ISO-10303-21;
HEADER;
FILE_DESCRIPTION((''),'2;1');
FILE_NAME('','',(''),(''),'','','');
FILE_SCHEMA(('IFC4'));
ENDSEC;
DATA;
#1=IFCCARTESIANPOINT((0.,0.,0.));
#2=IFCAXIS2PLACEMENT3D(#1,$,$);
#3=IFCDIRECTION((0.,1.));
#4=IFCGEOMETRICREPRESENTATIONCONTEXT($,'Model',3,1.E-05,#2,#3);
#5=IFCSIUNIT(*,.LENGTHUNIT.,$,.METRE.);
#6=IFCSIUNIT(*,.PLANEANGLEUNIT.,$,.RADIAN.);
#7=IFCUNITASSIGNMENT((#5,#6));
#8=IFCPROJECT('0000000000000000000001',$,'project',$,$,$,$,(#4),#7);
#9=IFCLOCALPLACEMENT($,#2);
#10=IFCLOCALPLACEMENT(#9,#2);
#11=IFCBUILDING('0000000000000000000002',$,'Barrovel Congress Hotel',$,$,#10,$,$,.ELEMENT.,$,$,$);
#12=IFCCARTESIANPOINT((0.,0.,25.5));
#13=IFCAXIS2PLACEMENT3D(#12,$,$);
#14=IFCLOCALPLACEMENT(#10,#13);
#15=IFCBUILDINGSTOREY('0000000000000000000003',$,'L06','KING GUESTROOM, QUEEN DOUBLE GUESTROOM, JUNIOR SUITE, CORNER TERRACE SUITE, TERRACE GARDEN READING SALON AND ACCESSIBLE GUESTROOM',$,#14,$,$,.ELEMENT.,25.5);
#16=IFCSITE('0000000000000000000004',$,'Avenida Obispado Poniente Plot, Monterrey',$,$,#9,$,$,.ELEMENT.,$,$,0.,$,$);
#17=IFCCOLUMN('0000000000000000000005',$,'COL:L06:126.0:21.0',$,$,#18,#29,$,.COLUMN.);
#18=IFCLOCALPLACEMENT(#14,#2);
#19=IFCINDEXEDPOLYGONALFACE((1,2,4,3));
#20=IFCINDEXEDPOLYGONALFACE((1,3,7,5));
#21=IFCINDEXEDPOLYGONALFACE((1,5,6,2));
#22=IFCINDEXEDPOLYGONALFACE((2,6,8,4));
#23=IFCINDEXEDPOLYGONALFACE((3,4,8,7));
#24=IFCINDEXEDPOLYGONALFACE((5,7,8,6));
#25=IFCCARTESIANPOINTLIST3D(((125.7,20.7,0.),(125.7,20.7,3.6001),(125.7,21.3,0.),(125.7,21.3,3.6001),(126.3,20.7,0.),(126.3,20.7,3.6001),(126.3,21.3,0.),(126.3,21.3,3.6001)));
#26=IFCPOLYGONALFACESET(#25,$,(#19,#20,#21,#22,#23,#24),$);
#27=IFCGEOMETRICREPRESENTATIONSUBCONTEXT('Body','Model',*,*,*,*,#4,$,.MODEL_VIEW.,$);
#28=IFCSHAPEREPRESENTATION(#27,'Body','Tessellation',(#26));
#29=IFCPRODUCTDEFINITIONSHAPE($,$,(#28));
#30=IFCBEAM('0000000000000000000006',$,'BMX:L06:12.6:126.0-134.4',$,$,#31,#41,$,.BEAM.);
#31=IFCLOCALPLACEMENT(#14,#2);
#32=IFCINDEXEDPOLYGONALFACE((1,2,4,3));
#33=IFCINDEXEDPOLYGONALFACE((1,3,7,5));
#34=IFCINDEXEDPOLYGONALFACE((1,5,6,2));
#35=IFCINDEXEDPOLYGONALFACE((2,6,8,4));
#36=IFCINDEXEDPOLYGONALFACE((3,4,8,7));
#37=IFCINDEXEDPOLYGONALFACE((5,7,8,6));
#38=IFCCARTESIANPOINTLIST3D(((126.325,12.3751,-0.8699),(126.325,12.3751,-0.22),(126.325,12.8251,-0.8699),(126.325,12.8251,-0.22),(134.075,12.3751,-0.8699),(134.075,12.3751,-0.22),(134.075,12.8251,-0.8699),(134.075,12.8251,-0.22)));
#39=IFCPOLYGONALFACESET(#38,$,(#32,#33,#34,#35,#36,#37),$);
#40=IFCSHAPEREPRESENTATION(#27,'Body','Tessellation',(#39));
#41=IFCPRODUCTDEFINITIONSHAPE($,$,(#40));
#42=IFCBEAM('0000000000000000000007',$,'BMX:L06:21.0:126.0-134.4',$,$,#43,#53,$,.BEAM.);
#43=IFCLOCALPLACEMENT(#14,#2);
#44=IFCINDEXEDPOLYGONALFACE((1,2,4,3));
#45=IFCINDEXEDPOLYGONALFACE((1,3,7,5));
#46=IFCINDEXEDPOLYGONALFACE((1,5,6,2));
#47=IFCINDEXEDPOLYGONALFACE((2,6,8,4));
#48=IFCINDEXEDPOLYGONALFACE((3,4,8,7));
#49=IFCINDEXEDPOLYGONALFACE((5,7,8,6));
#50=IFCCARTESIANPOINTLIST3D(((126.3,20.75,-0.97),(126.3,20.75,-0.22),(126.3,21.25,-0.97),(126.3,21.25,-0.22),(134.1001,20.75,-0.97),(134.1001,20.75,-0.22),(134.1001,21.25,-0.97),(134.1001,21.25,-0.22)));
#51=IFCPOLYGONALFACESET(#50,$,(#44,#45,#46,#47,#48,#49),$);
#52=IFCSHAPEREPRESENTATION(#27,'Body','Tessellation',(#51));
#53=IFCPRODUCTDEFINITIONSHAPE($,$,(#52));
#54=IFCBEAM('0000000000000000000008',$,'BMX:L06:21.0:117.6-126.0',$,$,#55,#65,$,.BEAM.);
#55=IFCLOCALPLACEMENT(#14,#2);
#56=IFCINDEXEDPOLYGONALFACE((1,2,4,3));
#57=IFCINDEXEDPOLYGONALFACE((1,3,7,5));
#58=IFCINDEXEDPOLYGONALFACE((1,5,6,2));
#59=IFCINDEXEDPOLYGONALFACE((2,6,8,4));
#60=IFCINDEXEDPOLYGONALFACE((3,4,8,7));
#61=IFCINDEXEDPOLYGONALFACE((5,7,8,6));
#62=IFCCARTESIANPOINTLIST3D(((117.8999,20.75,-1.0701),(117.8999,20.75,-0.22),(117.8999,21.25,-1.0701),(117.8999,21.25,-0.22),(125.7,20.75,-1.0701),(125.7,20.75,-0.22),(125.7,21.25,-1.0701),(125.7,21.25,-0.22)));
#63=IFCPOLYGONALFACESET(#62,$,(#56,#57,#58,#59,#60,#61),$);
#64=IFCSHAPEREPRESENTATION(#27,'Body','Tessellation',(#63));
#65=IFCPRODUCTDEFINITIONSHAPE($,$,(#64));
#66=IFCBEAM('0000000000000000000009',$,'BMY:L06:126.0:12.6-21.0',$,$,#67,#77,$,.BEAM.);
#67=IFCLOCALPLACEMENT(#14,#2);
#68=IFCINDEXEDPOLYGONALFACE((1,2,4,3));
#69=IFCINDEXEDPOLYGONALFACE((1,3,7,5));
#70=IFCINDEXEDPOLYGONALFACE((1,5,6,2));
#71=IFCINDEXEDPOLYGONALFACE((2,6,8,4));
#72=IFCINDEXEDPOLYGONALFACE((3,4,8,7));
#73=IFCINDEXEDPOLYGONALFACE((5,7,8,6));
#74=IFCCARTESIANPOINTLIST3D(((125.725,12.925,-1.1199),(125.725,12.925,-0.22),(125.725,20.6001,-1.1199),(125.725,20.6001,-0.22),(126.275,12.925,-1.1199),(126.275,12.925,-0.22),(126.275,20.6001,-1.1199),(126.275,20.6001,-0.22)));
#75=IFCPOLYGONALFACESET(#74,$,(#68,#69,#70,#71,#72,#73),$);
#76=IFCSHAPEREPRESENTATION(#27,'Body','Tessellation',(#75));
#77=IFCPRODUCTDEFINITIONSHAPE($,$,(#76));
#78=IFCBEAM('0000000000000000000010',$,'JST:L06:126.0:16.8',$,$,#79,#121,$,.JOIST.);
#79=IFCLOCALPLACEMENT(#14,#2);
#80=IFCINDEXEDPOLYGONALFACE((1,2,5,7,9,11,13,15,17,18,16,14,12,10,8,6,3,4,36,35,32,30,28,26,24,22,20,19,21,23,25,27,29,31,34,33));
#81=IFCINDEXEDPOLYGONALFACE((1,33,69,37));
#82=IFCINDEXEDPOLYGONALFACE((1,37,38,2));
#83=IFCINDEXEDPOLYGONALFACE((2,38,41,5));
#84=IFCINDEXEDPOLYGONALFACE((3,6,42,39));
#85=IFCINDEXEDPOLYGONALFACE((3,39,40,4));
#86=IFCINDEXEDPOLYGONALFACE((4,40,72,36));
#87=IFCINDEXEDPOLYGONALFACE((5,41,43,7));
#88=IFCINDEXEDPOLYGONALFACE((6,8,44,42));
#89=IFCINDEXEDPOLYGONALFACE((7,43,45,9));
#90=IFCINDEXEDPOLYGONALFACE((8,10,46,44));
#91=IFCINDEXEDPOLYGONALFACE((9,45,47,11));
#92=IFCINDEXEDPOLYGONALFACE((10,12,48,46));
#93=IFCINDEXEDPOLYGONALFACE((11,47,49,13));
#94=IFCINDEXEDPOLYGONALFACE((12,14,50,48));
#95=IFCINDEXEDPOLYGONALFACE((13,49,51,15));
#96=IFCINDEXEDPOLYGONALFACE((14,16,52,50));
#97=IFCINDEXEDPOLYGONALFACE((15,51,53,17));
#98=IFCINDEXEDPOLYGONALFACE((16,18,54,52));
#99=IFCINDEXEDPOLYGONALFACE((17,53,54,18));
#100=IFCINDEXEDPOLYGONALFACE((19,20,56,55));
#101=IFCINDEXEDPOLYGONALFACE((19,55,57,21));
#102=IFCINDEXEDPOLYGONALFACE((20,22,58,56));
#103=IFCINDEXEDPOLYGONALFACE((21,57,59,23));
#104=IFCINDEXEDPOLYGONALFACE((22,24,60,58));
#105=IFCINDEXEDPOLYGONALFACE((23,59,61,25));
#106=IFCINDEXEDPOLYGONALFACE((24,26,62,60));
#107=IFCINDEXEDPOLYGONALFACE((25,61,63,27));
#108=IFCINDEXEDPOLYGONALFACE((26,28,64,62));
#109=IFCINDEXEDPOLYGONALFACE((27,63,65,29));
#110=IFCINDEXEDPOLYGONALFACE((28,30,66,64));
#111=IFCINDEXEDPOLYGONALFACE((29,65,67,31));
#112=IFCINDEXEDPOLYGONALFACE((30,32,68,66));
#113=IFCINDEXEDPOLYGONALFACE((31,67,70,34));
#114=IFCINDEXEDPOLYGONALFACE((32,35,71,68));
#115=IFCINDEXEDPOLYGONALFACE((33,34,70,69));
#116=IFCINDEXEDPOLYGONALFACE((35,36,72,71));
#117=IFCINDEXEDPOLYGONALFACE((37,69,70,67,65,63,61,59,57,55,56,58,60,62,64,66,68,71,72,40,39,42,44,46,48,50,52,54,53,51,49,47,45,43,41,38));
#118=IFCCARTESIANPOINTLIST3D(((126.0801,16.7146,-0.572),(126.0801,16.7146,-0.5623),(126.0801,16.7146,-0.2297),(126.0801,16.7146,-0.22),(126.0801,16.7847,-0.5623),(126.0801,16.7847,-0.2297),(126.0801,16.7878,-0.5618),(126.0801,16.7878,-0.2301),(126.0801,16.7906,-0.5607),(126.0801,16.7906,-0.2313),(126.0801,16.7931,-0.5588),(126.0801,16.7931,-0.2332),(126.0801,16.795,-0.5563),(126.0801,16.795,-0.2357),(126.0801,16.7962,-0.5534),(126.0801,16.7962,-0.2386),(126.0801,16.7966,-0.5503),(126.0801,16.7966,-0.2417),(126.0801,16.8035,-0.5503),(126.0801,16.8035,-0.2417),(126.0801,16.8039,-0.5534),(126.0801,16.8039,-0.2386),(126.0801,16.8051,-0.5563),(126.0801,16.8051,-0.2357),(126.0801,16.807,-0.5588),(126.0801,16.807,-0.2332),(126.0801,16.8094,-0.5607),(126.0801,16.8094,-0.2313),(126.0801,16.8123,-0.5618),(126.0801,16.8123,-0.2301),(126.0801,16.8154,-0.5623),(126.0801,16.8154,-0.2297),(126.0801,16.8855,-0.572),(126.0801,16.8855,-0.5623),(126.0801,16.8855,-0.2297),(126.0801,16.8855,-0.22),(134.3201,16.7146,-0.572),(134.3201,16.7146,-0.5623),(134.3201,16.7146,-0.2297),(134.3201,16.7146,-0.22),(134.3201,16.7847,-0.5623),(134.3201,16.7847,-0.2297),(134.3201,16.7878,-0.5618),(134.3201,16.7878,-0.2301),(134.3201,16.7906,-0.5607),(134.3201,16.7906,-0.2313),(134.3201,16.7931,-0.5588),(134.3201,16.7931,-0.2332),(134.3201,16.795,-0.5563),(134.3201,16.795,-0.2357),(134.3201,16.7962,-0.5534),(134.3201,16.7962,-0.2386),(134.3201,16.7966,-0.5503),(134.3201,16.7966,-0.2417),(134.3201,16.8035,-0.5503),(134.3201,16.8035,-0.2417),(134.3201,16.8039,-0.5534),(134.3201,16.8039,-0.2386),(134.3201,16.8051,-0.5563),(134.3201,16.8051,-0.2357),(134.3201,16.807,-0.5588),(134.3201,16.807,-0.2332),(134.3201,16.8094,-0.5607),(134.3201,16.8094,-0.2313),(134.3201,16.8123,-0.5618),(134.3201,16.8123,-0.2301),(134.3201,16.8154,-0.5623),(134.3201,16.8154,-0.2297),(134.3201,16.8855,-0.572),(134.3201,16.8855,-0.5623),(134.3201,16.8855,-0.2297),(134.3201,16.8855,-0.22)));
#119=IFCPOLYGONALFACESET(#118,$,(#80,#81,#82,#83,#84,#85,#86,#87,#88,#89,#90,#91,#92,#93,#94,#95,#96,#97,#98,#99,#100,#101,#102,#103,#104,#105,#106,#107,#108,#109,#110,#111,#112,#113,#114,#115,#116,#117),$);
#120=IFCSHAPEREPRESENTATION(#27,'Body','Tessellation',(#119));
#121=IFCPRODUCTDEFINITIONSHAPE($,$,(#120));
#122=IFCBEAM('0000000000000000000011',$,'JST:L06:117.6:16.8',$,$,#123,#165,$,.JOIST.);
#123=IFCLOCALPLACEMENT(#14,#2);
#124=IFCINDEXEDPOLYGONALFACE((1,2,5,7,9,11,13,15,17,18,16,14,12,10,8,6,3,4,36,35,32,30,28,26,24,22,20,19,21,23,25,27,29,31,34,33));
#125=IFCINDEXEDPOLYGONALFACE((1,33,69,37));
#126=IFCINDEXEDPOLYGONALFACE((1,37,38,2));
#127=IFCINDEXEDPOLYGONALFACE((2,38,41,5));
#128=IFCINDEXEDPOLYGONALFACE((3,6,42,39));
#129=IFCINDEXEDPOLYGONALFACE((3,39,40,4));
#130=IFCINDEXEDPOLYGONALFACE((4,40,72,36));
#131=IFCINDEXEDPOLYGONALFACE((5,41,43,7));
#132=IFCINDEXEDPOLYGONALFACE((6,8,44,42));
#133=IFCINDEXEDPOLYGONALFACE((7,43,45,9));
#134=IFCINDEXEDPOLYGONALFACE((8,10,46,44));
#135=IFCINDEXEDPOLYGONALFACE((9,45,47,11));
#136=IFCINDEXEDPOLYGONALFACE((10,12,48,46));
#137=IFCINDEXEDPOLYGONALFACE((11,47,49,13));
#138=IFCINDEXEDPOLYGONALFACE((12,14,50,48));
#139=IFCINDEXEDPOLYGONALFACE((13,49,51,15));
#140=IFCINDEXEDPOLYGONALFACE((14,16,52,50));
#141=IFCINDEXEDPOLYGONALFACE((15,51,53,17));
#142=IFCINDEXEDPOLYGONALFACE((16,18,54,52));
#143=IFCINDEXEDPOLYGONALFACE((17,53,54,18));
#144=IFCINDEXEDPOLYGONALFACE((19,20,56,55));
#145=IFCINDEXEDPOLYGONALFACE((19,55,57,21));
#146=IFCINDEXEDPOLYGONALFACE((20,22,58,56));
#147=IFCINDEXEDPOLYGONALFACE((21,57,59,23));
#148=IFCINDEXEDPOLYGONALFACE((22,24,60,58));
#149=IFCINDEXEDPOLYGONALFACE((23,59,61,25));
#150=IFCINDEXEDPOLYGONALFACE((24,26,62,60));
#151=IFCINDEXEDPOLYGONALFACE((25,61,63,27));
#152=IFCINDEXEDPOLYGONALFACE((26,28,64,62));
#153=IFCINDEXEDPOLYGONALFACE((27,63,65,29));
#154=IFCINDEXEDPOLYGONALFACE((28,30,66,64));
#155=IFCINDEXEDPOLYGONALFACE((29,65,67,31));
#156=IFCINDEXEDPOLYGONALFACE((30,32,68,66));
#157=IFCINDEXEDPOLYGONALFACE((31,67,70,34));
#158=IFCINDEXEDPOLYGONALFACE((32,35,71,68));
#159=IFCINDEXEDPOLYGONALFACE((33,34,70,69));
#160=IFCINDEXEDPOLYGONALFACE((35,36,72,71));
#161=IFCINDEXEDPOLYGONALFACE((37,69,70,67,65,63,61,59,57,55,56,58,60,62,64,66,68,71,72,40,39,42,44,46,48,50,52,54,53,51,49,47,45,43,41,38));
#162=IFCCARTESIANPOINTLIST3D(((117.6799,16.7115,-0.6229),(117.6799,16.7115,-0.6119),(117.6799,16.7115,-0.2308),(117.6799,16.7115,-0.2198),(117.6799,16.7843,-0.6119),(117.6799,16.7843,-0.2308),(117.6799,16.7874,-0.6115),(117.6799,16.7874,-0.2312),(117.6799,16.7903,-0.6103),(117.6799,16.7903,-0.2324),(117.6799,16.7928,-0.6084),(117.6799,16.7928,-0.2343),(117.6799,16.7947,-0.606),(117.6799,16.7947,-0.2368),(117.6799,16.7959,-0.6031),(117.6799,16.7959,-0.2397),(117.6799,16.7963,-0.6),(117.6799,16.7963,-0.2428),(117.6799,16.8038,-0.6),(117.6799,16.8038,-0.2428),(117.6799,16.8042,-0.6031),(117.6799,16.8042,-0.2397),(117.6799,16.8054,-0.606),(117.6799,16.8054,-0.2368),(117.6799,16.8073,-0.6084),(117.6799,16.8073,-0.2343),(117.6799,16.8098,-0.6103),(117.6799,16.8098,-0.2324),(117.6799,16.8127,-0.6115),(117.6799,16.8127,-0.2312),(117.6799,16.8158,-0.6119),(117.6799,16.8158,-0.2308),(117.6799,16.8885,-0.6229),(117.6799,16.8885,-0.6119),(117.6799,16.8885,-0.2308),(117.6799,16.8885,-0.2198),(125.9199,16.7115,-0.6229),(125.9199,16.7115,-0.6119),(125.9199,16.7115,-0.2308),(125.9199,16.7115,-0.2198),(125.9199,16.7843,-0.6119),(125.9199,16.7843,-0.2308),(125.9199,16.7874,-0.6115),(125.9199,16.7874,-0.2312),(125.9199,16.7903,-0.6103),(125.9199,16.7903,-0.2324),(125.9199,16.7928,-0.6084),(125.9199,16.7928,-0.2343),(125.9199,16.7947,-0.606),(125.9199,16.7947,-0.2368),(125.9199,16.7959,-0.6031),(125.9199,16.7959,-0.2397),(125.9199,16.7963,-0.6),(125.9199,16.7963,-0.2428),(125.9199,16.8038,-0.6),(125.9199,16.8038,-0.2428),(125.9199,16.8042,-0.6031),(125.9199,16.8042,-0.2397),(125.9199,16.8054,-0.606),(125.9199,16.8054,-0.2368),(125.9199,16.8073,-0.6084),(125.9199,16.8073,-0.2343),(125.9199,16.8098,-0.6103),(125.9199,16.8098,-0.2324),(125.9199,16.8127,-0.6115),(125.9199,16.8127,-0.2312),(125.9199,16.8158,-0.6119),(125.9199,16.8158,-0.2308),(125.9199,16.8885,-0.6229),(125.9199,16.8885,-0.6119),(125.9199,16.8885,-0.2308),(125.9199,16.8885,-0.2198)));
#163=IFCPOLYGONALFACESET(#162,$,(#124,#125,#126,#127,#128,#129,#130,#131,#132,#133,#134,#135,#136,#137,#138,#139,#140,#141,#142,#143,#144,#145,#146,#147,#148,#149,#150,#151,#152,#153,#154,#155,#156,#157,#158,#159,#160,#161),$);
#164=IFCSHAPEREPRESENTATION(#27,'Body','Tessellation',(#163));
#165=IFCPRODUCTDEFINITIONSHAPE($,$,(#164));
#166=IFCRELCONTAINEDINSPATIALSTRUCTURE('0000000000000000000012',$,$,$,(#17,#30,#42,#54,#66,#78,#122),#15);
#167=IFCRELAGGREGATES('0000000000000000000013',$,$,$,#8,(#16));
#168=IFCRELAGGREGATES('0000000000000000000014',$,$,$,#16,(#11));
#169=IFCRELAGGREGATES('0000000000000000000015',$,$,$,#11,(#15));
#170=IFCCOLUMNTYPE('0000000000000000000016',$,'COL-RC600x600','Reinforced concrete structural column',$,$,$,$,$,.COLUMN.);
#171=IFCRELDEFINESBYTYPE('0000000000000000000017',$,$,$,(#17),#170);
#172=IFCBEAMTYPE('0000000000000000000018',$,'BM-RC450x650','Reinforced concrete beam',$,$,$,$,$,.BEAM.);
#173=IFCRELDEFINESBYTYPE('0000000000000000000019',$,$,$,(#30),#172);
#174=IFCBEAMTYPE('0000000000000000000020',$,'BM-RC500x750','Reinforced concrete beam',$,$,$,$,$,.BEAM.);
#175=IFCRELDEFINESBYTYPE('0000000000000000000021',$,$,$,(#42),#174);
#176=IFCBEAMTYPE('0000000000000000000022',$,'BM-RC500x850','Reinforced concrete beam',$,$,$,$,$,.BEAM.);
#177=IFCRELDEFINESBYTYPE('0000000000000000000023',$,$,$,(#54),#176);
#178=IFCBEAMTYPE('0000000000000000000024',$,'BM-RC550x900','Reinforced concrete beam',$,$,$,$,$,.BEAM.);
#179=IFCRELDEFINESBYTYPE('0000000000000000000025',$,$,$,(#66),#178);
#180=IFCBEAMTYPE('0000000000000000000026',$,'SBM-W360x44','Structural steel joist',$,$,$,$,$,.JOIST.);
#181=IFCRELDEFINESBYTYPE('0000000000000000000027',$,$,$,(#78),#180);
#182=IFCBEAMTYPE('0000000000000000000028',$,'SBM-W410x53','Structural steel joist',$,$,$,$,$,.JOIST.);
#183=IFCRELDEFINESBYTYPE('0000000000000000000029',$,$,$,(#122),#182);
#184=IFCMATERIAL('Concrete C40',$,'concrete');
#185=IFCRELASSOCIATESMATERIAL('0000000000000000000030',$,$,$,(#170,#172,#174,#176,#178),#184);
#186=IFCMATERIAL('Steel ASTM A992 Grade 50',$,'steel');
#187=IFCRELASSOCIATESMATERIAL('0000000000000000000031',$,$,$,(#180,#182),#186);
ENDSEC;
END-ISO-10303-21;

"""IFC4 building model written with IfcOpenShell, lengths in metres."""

from ifc_helpers import new_model, si_unit, direction, frame, origin, origin_2d, place, context, subcontext, project, spatial, rectangle, i_section, extrude, material, material_profile, profile_set, type_object, element, save


model = new_model("IFC4")

# Units and contexts
model_context = context("Model", 3, precision=1e-05, world=origin(), true_north=direction((0.0, 1.0)))
body_context = subcontext(model_context, "Body", "Model", "MODEL_VIEW")
ifc_project = project(units=[si_unit("LENGTHUNIT", "METRE"), si_unit("PLANEANGLEUNIT", "RADIAN")], contexts=[model_context])

# Site, building, storey
site_placement = place(None, origin())
site = spatial("IfcSite", under=ifc_project, at=site_placement, Name="Avenida Obispado Poniente Plot, Monterrey", CompositionType="ELEMENT", RefElevation=0.0)
building_placement = place(site_placement, origin())
building = spatial("IfcBuilding", under=site, at=building_placement, Name="Barrovel Congress Hotel", CompositionType="ELEMENT")
storey_placement = place(building_placement, frame((0.0, 0.0, 25.5)))
storey = spatial("IfcBuildingStorey", under=building, at=storey_placement, Name="L06", Description="KING GUESTROOM, QUEEN DOUBLE GUESTROOM, JUNIOR SUITE, CORNER TERRACE SUITE, TERRACE GARDEN READING SALON AND ACCESSIBLE GUESTROOM", CompositionType="ELEMENT", Elevation=25.5)

# Column
ifc_material_1 = material(Name="Concrete C40", Category="concrete")
ifc_material_profile_1 = material_profile(ifc_material_1, rectangle(XDim=0.6001, YDim=0.6001, at=origin_2d()), Name="RC600x600")
ifc_profile_set_1 = profile_set([ifc_material_profile_1], Name="Concrete C40")
column_type = type_object("IfcColumnType", Name="COL-RC600x600", Description="Reinforced concrete structural column", PredefinedType="COLUMN", material=ifc_profile_set_1)
column_placement = place(storey_placement, frame((126.0, 21.0, 0.0), z_axis=(0.0, 0.0, 1.0), x_axis=(1.0, 0.0, 0.0)))
element("IfcColumn", 1, at=column_placement, inside=storey, type_object=column_type, Name="COL:L06:126.0:21.0", PredefinedType="COLUMN", context=body_context, shape_type="SweptSolid", body=[
    extrude(rectangle(XDim=0.6001, YDim=0.6001, at=origin_2d()), origin(), (0.0, 0.0, 1.0), 3.6001),
])

# Beams
ifc_material_profile_2 = material_profile(ifc_material_1, rectangle(XDim=0.45, YDim=0.6499, at=origin_2d()), Name="RC450x650")
ifc_profile_set_2 = profile_set([ifc_material_profile_2], Name="Concrete C40")
beam_type_1 = type_object("IfcBeamType", Name="BM-RC450x650", Description="Reinforced concrete beam", PredefinedType="BEAM", material=ifc_profile_set_2)
beam_1_placement = place(storey_placement, frame((126.325, 12.6001, -0.5449), z_axis=(1.0, 0.0, 0.0), x_axis=(0.0, 1.0, 0.0)))
element("IfcBeam", 2, at=beam_1_placement, inside=storey, type_object=beam_type_1, Name="BMX:L06:12.6:126.0-134.4", PredefinedType="BEAM", context=body_context, shape_type="SweptSolid", body=[
    extrude(rectangle(XDim=0.45, YDim=0.6499, at=origin_2d()), origin(), (0.0, 0.0, 1.0), 7.75),
])
ifc_material_profile_3 = material_profile(ifc_material_1, rectangle(XDim=0.5, YDim=0.75, at=origin_2d()), Name="RC500x750")
ifc_profile_set_3 = profile_set([ifc_material_profile_3], Name="Concrete C40")
beam_type_2 = type_object("IfcBeamType", Name="BM-RC500x750", Description="Reinforced concrete beam", PredefinedType="BEAM", material=ifc_profile_set_3)
beam_2_placement = place(storey_placement, frame((126.3, 21.0, -0.595), z_axis=(1.0, 0.0, 0.0), x_axis=(0.0, 1.0, 0.0)))
element("IfcBeam", 3, at=beam_2_placement, inside=storey, type_object=beam_type_2, Name="BMX:L06:21.0:126.0-134.4", PredefinedType="BEAM", context=body_context, shape_type="SweptSolid", body=[
    extrude(rectangle(XDim=0.5, YDim=0.75, at=origin_2d()), origin(), (0.0, 0.0, 1.0), 7.8),
])
ifc_material_profile_4 = material_profile(ifc_material_1, rectangle(XDim=0.5, YDim=0.8501, at=origin_2d()), Name="RC500x850")
ifc_profile_set_4 = profile_set([ifc_material_profile_4], Name="Concrete C40")
beam_type_3 = type_object("IfcBeamType", Name="BM-RC500x850", Description="Reinforced concrete beam", PredefinedType="BEAM", material=ifc_profile_set_4)
beam_3_placement = place(storey_placement, frame((117.8999, 21.0, -0.645), z_axis=(1.0, 0.0, 0.0), x_axis=(0.0, 1.0, 0.0)))
element("IfcBeam", 4, at=beam_3_placement, inside=storey, type_object=beam_type_3, Name="BMX:L06:21.0:117.6-126.0", PredefinedType="BEAM", context=body_context, shape_type="SweptSolid", body=[
    extrude(rectangle(XDim=0.5, YDim=0.8501, at=origin_2d()), origin(), (0.0, 0.0, 1.0), 7.8),
])
ifc_material_profile_5 = material_profile(ifc_material_1, rectangle(XDim=0.55, YDim=0.8999, at=origin_2d()), Name="RC550x900")
ifc_profile_set_5 = profile_set([ifc_material_profile_5], Name="Concrete C40")
beam_type_4 = type_object("IfcBeamType", Name="BM-RC550x900", Description="Reinforced concrete beam", PredefinedType="BEAM", material=ifc_profile_set_5)
beam_4_placement = place(storey_placement, frame((126.0, 12.925, -0.6699), z_axis=(0.0, 1.0, 0.0), x_axis=(-1.0, 0.0, 0.0)))
element("IfcBeam", 5, at=beam_4_placement, inside=storey, type_object=beam_type_4, Name="BMY:L06:126.0:12.6-21.0", PredefinedType="BEAM", context=body_context, shape_type="SweptSolid", body=[
    extrude(rectangle(XDim=0.55, YDim=0.8999, at=origin_2d()), origin(), (0.0, 0.0, 1.0), 7.675),
])
ifc_material_2 = material(Name="Steel ASTM A992 Grade 50", Category="steel")
ifc_material_profile_6 = material_profile(ifc_material_2, i_section(OverallWidth=0.1709, OverallDepth=0.3521, WebThickness=0.0068, FlangeThickness=0.0098, FilletRadius=0.012, at=origin_2d()), Name="W360x44")
ifc_profile_set_6 = profile_set([ifc_material_profile_6], Name="Steel ASTM A992 Grade 50")
beam_type_5 = type_object("IfcBeamType", Name="SBM-W360x44", Description="Structural steel joist", PredefinedType="JOIST", material=ifc_profile_set_6)
beam_5_placement = place(storey_placement, frame((126.0801, 16.8, -0.396), z_axis=(1.0, 0.0, 0.0), x_axis=(0.0, 1.0, 0.0)))
element("IfcBeam", 6, at=beam_5_placement, inside=storey, type_object=beam_type_5, Name="JST:L06:126.0:16.8", PredefinedType="JOIST", context=body_context, shape_type="SweptSolid", body=[
    extrude(i_section(OverallWidth=0.1709, OverallDepth=0.3521, WebThickness=0.0068, FlangeThickness=0.0098, FilletRadius=0.012, at=origin_2d()), origin(), (0.0, 0.0, 1.0), 8.24),
])
ifc_material_profile_7 = material_profile(ifc_material_2, i_section(OverallWidth=0.177, OverallDepth=0.4031, WebThickness=0.0076, FlangeThickness=0.011, FilletRadius=0.012, at=origin_2d()), Name="W410x53")
ifc_profile_set_7 = profile_set([ifc_material_profile_7], Name="Steel ASTM A992 Grade 50")
beam_type_6 = type_object("IfcBeamType", Name="SBM-W410x53", Description="Structural steel joist", PredefinedType="JOIST", material=ifc_profile_set_7)
beam_6_placement = place(storey_placement, frame((117.6799, 16.8, -0.4214), z_axis=(1.0, 0.0, 0.0), x_axis=(0.0, 1.0, 0.0)))
element("IfcBeam", 7, at=beam_6_placement, inside=storey, type_object=beam_type_6, Name="JST:L06:117.6:16.8", PredefinedType="JOIST", context=body_context, shape_type="SweptSolid", body=[
    extrude(i_section(OverallWidth=0.177, OverallDepth=0.4031, WebThickness=0.0076, FlangeThickness=0.011, FilletRadius=0.012, at=origin_2d()), origin(), (0.0, 0.0, 1.0), 8.24),
])

save(model, "model.ifc")
